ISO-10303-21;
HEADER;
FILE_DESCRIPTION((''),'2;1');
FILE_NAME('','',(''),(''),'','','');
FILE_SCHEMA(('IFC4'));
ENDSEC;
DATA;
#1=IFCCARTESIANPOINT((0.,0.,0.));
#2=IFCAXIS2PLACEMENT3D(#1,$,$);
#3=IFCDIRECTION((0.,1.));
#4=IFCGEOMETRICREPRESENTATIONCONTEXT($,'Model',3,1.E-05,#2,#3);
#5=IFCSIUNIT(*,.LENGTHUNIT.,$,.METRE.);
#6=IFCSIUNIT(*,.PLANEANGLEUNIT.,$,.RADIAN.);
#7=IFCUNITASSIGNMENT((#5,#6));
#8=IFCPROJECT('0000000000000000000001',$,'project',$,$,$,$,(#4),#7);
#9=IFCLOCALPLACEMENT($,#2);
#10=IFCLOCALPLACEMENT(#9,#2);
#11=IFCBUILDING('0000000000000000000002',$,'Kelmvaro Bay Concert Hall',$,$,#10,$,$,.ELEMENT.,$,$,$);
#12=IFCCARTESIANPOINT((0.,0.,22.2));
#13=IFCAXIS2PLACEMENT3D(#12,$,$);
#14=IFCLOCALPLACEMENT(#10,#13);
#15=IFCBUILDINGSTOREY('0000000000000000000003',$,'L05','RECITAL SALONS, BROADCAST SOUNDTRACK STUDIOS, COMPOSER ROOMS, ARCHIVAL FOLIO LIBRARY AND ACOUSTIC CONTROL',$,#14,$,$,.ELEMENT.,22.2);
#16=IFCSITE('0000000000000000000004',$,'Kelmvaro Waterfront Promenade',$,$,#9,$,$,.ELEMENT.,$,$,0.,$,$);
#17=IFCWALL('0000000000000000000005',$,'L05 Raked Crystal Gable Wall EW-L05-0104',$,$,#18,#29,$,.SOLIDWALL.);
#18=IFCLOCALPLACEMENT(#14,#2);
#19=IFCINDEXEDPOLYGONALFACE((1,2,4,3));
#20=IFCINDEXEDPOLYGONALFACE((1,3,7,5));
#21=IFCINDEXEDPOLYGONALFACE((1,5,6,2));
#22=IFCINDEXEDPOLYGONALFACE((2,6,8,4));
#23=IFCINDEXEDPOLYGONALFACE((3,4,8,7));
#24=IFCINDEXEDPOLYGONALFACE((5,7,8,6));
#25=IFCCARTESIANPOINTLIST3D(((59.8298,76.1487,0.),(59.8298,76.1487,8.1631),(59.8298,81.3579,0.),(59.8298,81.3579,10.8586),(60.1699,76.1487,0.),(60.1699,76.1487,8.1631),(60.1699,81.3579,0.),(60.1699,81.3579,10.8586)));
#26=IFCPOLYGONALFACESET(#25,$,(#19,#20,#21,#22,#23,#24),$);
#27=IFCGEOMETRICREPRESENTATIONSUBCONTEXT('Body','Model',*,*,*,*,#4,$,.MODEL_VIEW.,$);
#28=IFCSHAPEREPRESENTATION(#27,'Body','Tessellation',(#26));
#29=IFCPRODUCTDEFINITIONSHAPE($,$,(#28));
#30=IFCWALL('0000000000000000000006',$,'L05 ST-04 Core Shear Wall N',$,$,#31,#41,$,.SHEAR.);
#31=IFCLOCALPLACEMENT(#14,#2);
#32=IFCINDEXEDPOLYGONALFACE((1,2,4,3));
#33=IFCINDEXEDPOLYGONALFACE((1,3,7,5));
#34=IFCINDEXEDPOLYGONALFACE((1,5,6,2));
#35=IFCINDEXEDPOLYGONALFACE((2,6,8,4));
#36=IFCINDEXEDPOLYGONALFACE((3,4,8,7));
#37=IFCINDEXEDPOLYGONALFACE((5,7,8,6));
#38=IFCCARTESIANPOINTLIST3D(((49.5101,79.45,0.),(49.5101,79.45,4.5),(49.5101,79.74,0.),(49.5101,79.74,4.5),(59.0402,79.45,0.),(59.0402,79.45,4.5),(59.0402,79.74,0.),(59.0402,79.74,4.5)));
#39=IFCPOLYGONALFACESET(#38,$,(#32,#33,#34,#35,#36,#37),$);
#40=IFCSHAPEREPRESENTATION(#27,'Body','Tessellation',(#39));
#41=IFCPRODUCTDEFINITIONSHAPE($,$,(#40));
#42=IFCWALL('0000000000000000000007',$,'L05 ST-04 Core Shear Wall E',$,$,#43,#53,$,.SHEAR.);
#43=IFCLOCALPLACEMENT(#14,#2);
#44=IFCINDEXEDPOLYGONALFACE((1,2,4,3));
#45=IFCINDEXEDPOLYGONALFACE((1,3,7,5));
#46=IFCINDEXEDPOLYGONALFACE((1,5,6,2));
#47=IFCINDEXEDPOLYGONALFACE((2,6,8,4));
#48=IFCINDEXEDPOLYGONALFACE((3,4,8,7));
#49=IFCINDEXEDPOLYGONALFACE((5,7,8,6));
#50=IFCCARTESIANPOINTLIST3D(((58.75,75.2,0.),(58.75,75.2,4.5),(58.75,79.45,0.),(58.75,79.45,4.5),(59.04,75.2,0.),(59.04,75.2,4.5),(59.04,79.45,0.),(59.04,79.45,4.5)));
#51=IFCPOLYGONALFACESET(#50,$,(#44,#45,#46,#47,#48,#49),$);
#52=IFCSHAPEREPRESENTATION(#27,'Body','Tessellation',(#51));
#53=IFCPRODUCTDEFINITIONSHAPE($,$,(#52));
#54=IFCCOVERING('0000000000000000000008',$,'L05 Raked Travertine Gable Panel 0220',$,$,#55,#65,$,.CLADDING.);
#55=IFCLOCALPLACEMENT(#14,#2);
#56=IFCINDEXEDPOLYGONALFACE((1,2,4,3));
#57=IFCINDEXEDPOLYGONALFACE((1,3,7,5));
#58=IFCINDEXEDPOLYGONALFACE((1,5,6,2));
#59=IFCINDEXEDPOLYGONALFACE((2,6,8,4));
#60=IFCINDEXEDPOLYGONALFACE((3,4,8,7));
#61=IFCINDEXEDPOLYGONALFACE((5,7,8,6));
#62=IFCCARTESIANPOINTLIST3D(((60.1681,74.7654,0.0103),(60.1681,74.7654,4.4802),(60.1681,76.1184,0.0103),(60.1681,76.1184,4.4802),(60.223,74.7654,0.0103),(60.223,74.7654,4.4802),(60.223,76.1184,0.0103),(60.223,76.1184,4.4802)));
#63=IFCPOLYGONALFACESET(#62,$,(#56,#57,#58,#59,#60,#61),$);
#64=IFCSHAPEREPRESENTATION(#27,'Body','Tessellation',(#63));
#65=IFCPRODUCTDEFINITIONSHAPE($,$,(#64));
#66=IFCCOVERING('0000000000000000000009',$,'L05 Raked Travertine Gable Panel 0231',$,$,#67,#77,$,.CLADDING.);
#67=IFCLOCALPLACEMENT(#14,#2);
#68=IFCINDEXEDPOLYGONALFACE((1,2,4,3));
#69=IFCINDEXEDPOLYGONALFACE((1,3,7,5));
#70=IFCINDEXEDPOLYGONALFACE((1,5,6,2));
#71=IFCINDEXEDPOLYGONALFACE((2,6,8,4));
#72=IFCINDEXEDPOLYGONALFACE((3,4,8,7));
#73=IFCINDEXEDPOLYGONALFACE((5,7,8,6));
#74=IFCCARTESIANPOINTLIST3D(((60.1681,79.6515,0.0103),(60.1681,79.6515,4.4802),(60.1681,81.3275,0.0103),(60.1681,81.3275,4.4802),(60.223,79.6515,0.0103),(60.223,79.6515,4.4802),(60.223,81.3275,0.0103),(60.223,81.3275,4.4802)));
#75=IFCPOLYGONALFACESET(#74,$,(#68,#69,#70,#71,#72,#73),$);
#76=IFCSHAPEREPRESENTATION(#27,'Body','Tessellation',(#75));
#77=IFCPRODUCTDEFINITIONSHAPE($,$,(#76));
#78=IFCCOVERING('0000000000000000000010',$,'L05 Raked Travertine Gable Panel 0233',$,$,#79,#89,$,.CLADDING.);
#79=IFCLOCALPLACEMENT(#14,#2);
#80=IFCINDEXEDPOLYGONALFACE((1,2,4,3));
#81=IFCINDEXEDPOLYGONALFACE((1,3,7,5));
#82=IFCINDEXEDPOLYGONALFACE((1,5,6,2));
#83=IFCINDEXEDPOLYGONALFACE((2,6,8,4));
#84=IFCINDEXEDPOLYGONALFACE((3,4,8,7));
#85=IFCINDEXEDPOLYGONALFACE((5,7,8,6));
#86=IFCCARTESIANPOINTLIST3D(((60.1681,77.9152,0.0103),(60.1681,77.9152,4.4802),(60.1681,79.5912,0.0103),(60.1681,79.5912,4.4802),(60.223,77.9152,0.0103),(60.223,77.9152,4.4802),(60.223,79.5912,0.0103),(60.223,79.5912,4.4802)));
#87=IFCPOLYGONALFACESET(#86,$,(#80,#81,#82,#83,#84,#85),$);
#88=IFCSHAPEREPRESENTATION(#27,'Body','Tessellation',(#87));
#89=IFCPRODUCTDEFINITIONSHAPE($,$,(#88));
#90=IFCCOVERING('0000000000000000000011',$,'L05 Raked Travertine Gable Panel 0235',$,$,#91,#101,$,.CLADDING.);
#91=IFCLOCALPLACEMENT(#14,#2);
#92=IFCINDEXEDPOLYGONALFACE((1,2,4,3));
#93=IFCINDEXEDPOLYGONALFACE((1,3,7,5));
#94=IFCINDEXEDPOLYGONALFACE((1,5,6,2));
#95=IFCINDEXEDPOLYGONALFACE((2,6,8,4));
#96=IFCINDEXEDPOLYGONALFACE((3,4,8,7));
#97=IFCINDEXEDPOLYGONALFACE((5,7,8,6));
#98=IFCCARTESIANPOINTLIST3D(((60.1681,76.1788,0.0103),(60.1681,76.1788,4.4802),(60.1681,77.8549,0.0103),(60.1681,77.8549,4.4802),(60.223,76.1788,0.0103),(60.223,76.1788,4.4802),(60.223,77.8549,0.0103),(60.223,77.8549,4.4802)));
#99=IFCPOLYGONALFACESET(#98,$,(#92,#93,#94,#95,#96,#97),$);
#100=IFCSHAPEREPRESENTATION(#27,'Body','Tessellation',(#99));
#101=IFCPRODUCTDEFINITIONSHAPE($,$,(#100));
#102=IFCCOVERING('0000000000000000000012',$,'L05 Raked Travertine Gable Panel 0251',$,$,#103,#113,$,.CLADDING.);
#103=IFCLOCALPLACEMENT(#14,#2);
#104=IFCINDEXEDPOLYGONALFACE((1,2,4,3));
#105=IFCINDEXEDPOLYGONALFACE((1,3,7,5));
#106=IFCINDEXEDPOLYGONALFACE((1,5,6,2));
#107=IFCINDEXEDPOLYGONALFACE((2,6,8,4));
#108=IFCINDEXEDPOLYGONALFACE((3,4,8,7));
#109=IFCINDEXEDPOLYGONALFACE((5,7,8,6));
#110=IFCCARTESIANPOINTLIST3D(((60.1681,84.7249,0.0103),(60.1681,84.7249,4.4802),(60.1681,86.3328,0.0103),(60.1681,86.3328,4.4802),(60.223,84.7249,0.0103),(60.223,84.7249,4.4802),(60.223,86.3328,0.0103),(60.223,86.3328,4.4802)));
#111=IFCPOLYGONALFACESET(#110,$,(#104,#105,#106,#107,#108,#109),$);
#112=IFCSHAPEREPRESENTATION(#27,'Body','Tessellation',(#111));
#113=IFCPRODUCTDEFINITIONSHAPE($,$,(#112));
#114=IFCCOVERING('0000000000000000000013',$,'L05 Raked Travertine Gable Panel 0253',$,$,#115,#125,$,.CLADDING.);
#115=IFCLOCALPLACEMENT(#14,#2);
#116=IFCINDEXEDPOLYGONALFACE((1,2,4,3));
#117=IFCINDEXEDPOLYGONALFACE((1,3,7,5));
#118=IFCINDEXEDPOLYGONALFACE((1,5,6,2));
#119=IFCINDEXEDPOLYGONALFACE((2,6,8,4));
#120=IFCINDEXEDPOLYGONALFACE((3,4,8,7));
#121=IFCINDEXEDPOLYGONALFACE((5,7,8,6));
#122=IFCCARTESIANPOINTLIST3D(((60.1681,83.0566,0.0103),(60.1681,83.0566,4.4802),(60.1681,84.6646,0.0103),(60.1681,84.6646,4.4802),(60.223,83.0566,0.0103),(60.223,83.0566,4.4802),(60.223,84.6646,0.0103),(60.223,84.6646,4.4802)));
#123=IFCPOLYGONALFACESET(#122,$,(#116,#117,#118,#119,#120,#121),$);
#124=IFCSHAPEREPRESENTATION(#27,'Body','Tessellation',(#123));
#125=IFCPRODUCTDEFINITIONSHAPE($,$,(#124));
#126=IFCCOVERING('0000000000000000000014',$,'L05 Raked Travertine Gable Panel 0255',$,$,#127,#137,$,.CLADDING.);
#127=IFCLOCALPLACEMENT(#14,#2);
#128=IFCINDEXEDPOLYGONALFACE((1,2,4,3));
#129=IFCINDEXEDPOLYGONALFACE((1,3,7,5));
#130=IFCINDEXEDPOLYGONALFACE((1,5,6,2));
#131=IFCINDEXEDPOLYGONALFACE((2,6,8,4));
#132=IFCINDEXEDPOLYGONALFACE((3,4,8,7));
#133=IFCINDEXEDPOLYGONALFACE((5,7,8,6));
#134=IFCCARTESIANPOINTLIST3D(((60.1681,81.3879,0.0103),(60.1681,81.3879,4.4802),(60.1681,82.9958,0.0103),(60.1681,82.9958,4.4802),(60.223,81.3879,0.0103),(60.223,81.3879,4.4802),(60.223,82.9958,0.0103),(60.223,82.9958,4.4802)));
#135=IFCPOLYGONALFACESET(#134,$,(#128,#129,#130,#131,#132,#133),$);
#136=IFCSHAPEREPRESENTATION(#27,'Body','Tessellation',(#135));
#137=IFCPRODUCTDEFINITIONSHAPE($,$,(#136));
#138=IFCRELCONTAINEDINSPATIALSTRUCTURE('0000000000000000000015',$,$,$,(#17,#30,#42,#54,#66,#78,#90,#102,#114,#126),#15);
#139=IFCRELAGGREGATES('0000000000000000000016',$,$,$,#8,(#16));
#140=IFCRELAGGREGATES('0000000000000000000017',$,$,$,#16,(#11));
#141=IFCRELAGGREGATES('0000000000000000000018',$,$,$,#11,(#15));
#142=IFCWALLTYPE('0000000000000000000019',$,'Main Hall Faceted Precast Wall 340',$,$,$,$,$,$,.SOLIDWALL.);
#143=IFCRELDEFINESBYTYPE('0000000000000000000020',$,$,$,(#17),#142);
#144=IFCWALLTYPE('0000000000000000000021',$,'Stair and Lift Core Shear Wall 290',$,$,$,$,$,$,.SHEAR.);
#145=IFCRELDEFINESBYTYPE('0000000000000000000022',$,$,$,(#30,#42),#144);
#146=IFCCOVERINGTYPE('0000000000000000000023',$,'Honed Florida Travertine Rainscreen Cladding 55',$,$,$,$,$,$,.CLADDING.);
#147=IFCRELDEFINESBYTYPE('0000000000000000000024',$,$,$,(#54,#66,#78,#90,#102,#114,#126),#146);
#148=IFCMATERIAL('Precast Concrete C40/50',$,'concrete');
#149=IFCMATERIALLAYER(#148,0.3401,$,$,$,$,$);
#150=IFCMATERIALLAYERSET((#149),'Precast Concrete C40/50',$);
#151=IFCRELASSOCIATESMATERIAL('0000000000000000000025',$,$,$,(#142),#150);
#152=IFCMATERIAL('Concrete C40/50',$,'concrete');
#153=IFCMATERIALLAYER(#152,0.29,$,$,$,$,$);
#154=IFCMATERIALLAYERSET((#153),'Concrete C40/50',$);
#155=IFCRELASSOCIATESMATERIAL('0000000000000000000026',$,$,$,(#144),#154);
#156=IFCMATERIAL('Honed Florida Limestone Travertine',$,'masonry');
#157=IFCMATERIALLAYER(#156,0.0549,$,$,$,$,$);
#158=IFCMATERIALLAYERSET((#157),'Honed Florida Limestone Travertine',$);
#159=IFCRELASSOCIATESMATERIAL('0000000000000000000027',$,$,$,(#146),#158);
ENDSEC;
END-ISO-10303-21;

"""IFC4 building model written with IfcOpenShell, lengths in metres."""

from ifc_helpers import new_model, si_unit, direction, frame, frame_2d, origin, origin_2d, place, context, subcontext, project, spatial, polyline, rectangle, outline, extrude, material, layer, layer_set, type_object, element, save


model = new_model("IFC4")

# Units and contexts
model_context = context("Model", 3, precision=1e-05, world=origin(), true_north=direction((0.0, 1.0)))
body_context = subcontext(model_context, "Body", "Model", "MODEL_VIEW")
ifc_project = project(units=[si_unit("LENGTHUNIT", "METRE"), si_unit("PLANEANGLEUNIT", "RADIAN")], contexts=[model_context])

# Site, building, storey
site_placement = place(None, origin())
site = spatial("IfcSite", under=ifc_project, at=site_placement, Name="Kelmvaro Waterfront Promenade", CompositionType="ELEMENT", RefElevation=0.0)
building_placement = place(site_placement, origin())
building = spatial("IfcBuilding", under=site, at=building_placement, Name="Kelmvaro Bay Concert Hall", CompositionType="ELEMENT")
storey_placement = place(building_placement, frame((0.0, 0.0, 22.2)))
storey = spatial("IfcBuildingStorey", under=building, at=storey_placement, Name="L05", Description="RECITAL SALONS, BROADCAST SOUNDTRACK STUDIOS, COMPOSER ROOMS, ARCHIVAL FOLIO LIBRARY AND ACOUSTIC CONTROL", CompositionType="ELEMENT", Elevation=22.2)

# Walls
ifc_material_1 = material(Name="Precast Concrete C40/50", Category="concrete")
ifc_layer_1 = layer(ifc_material_1, 0.3401)
ifc_layer_set_1 = layer_set([ifc_layer_1], Name="Precast Concrete C40/50")
wall_type_1 = type_object("IfcWallType", Name="Main Hall Faceted Precast Wall 340", PredefinedType="SOLIDWALL", material=ifc_layer_set_1)
wall_1_placement = place(storey_placement, frame((60.0, 81.3579, 0.0), z_axis=(0.0, 0.0, 1.0), x_axis=(0.0, -1.0, 0.0)))
element("IfcWall", 1, at=wall_1_placement, inside=storey, type_object=wall_type_1, Name="L05 Raked Crystal Gable Wall EW-L05-0104", PredefinedType="SOLIDWALL", context=body_context, shape_type="SweptSolid", body=[
    extrude(outline(polyline([(0.0, 0.0), (5.2092, 0.0), (5.2092, 8.1631), (0.0, 10.8586), (0.0, 0.0)])), frame((0.0, 0.1699, 0.0), z_axis=(0.0, -1.0, 0.0), x_axis=(1.0, 0.0, 0.0)), (0.0, 0.0, 1.0), 0.3401),
])
ifc_material_2 = material(Name="Concrete C40/50", Category="concrete")
ifc_layer_2 = layer(ifc_material_2, 0.29)
ifc_layer_set_2 = layer_set([ifc_layer_2], Name="Concrete C40/50")
wall_type_2 = type_object("IfcWallType", Name="Stair and Lift Core Shear Wall 290", PredefinedType="SHEAR", material=ifc_layer_set_2)
wall_2_placement = place(storey_placement, frame((49.51, 79.595, 0.0), z_axis=(0.0, 0.0, 1.0), x_axis=(1.0, 0.0, 0.0)))
element("IfcWall", 2, at=wall_2_placement, inside=storey, type_object=wall_type_2, Name="L05 ST-04 Core Shear Wall N", PredefinedType="SHEAR", context=body_context, shape_type="SweptSolid", body=[
    extrude(rectangle(XDim=9.53, YDim=0.29, at=frame_2d((4.7651, 0.0))), origin(), (0.0, 0.0, 1.0), 4.5),
])

# Wall
wall_3_placement = place(storey_placement, frame((58.895, 75.2, 0.0), z_axis=(0.0, 0.0, 1.0), x_axis=(0.0, 1.0, 0.0)))
element("IfcWall", 3, at=wall_3_placement, inside=storey, type_object=wall_type_2, Name="L05 ST-04 Core Shear Wall E", PredefinedType="SHEAR", context=body_context, shape_type="SweptSolid", body=[
    extrude(rectangle(XDim=4.25, YDim=0.29, at=frame_2d((2.125, 0.0))), origin(), (0.0, 0.0, 1.0), 4.5),
])

# Coverings
ifc_material_3 = material(Name="Honed Florida Limestone Travertine", Category="masonry")
ifc_layer_3 = layer(ifc_material_3, 0.0549)
ifc_layer_set_3 = layer_set([ifc_layer_3], Name="Honed Florida Limestone Travertine")
covering_type = type_object("IfcCoveringType", Name="Honed Florida Travertine Rainscreen Cladding 55", PredefinedType="CLADDING", material=ifc_layer_set_3)
covering_placement = place(storey_placement, frame((60.1956, 75.4419, 0.0103), z_axis=(0.0, 0.0, 1.0), x_axis=(0.0, -1.0, 0.0)))
element("IfcCovering", 4, at=covering_placement, inside=storey, type_object=covering_type, Name="L05 Raked Travertine Gable Panel 0220", PredefinedType="CLADDING", context=body_context, shape_type="SweptSolid", body=[
    extrude(rectangle(XDim=1.353, YDim=0.0549, at=origin_2d()), origin(), (0.0, 0.0, 1.0), 4.47),
])
for number, where, z_axis, x_axis, name in (
    (5, (60.1956, 80.4895, 0.0103), (0.0, 0.0, 1.0), (0.0, -1.0, 0.0), "L05 Raked Travertine Gable Panel 0231"),
    (6, (60.1956, 78.7532, 0.0103), (0.0, 0.0, 1.0), (0.0, -1.0, 0.0), "L05 Raked Travertine Gable Panel 0233"),
    (7, (60.1956, 77.0168, 0.0103), (0.0, 0.0, 1.0), (0.0, -1.0, 0.0), "L05 Raked Travertine Gable Panel 0235"),
):
    element("IfcCovering", number, at=place(storey_placement, frame(where, z_axis=z_axis, x_axis=x_axis)), inside=storey, type_object=covering_type, Name=name, PredefinedType="CLADDING", context=body_context, shape_type="SweptSolid", body=[
        extrude(rectangle(XDim=1.676, YDim=0.0549, at=origin_2d()), origin(), (0.0, 0.0, 1.0), 4.47),
    ])
for number, where, z_axis, x_axis, name in (
    (8, (60.1956, 85.5288, 0.0103), (0.0, 0.0, 1.0), (0.0, -1.0, 0.0), "L05 Raked Travertine Gable Panel 0251"),
    (9, (60.1956, 83.8606, 0.0103), (0.0, 0.0, 1.0), (0.0, -1.0, 0.0), "L05 Raked Travertine Gable Panel 0253"),
    (10, (60.1956, 82.1919, 0.0103), (0.0, 0.0, 1.0), (0.0, -1.0, 0.0), "L05 Raked Travertine Gable Panel 0255"),
):
    element("IfcCovering", number, at=place(storey_placement, frame(where, z_axis=z_axis, x_axis=x_axis)), inside=storey, type_object=covering_type, Name=name, PredefinedType="CLADDING", context=body_context, shape_type="SweptSolid", body=[
        extrude(rectangle(XDim=1.6079, YDim=0.0549, at=origin_2d()), origin(), (0.0, 0.0, 1.0), 4.47),
    ])

save(model, "model.ifc")
